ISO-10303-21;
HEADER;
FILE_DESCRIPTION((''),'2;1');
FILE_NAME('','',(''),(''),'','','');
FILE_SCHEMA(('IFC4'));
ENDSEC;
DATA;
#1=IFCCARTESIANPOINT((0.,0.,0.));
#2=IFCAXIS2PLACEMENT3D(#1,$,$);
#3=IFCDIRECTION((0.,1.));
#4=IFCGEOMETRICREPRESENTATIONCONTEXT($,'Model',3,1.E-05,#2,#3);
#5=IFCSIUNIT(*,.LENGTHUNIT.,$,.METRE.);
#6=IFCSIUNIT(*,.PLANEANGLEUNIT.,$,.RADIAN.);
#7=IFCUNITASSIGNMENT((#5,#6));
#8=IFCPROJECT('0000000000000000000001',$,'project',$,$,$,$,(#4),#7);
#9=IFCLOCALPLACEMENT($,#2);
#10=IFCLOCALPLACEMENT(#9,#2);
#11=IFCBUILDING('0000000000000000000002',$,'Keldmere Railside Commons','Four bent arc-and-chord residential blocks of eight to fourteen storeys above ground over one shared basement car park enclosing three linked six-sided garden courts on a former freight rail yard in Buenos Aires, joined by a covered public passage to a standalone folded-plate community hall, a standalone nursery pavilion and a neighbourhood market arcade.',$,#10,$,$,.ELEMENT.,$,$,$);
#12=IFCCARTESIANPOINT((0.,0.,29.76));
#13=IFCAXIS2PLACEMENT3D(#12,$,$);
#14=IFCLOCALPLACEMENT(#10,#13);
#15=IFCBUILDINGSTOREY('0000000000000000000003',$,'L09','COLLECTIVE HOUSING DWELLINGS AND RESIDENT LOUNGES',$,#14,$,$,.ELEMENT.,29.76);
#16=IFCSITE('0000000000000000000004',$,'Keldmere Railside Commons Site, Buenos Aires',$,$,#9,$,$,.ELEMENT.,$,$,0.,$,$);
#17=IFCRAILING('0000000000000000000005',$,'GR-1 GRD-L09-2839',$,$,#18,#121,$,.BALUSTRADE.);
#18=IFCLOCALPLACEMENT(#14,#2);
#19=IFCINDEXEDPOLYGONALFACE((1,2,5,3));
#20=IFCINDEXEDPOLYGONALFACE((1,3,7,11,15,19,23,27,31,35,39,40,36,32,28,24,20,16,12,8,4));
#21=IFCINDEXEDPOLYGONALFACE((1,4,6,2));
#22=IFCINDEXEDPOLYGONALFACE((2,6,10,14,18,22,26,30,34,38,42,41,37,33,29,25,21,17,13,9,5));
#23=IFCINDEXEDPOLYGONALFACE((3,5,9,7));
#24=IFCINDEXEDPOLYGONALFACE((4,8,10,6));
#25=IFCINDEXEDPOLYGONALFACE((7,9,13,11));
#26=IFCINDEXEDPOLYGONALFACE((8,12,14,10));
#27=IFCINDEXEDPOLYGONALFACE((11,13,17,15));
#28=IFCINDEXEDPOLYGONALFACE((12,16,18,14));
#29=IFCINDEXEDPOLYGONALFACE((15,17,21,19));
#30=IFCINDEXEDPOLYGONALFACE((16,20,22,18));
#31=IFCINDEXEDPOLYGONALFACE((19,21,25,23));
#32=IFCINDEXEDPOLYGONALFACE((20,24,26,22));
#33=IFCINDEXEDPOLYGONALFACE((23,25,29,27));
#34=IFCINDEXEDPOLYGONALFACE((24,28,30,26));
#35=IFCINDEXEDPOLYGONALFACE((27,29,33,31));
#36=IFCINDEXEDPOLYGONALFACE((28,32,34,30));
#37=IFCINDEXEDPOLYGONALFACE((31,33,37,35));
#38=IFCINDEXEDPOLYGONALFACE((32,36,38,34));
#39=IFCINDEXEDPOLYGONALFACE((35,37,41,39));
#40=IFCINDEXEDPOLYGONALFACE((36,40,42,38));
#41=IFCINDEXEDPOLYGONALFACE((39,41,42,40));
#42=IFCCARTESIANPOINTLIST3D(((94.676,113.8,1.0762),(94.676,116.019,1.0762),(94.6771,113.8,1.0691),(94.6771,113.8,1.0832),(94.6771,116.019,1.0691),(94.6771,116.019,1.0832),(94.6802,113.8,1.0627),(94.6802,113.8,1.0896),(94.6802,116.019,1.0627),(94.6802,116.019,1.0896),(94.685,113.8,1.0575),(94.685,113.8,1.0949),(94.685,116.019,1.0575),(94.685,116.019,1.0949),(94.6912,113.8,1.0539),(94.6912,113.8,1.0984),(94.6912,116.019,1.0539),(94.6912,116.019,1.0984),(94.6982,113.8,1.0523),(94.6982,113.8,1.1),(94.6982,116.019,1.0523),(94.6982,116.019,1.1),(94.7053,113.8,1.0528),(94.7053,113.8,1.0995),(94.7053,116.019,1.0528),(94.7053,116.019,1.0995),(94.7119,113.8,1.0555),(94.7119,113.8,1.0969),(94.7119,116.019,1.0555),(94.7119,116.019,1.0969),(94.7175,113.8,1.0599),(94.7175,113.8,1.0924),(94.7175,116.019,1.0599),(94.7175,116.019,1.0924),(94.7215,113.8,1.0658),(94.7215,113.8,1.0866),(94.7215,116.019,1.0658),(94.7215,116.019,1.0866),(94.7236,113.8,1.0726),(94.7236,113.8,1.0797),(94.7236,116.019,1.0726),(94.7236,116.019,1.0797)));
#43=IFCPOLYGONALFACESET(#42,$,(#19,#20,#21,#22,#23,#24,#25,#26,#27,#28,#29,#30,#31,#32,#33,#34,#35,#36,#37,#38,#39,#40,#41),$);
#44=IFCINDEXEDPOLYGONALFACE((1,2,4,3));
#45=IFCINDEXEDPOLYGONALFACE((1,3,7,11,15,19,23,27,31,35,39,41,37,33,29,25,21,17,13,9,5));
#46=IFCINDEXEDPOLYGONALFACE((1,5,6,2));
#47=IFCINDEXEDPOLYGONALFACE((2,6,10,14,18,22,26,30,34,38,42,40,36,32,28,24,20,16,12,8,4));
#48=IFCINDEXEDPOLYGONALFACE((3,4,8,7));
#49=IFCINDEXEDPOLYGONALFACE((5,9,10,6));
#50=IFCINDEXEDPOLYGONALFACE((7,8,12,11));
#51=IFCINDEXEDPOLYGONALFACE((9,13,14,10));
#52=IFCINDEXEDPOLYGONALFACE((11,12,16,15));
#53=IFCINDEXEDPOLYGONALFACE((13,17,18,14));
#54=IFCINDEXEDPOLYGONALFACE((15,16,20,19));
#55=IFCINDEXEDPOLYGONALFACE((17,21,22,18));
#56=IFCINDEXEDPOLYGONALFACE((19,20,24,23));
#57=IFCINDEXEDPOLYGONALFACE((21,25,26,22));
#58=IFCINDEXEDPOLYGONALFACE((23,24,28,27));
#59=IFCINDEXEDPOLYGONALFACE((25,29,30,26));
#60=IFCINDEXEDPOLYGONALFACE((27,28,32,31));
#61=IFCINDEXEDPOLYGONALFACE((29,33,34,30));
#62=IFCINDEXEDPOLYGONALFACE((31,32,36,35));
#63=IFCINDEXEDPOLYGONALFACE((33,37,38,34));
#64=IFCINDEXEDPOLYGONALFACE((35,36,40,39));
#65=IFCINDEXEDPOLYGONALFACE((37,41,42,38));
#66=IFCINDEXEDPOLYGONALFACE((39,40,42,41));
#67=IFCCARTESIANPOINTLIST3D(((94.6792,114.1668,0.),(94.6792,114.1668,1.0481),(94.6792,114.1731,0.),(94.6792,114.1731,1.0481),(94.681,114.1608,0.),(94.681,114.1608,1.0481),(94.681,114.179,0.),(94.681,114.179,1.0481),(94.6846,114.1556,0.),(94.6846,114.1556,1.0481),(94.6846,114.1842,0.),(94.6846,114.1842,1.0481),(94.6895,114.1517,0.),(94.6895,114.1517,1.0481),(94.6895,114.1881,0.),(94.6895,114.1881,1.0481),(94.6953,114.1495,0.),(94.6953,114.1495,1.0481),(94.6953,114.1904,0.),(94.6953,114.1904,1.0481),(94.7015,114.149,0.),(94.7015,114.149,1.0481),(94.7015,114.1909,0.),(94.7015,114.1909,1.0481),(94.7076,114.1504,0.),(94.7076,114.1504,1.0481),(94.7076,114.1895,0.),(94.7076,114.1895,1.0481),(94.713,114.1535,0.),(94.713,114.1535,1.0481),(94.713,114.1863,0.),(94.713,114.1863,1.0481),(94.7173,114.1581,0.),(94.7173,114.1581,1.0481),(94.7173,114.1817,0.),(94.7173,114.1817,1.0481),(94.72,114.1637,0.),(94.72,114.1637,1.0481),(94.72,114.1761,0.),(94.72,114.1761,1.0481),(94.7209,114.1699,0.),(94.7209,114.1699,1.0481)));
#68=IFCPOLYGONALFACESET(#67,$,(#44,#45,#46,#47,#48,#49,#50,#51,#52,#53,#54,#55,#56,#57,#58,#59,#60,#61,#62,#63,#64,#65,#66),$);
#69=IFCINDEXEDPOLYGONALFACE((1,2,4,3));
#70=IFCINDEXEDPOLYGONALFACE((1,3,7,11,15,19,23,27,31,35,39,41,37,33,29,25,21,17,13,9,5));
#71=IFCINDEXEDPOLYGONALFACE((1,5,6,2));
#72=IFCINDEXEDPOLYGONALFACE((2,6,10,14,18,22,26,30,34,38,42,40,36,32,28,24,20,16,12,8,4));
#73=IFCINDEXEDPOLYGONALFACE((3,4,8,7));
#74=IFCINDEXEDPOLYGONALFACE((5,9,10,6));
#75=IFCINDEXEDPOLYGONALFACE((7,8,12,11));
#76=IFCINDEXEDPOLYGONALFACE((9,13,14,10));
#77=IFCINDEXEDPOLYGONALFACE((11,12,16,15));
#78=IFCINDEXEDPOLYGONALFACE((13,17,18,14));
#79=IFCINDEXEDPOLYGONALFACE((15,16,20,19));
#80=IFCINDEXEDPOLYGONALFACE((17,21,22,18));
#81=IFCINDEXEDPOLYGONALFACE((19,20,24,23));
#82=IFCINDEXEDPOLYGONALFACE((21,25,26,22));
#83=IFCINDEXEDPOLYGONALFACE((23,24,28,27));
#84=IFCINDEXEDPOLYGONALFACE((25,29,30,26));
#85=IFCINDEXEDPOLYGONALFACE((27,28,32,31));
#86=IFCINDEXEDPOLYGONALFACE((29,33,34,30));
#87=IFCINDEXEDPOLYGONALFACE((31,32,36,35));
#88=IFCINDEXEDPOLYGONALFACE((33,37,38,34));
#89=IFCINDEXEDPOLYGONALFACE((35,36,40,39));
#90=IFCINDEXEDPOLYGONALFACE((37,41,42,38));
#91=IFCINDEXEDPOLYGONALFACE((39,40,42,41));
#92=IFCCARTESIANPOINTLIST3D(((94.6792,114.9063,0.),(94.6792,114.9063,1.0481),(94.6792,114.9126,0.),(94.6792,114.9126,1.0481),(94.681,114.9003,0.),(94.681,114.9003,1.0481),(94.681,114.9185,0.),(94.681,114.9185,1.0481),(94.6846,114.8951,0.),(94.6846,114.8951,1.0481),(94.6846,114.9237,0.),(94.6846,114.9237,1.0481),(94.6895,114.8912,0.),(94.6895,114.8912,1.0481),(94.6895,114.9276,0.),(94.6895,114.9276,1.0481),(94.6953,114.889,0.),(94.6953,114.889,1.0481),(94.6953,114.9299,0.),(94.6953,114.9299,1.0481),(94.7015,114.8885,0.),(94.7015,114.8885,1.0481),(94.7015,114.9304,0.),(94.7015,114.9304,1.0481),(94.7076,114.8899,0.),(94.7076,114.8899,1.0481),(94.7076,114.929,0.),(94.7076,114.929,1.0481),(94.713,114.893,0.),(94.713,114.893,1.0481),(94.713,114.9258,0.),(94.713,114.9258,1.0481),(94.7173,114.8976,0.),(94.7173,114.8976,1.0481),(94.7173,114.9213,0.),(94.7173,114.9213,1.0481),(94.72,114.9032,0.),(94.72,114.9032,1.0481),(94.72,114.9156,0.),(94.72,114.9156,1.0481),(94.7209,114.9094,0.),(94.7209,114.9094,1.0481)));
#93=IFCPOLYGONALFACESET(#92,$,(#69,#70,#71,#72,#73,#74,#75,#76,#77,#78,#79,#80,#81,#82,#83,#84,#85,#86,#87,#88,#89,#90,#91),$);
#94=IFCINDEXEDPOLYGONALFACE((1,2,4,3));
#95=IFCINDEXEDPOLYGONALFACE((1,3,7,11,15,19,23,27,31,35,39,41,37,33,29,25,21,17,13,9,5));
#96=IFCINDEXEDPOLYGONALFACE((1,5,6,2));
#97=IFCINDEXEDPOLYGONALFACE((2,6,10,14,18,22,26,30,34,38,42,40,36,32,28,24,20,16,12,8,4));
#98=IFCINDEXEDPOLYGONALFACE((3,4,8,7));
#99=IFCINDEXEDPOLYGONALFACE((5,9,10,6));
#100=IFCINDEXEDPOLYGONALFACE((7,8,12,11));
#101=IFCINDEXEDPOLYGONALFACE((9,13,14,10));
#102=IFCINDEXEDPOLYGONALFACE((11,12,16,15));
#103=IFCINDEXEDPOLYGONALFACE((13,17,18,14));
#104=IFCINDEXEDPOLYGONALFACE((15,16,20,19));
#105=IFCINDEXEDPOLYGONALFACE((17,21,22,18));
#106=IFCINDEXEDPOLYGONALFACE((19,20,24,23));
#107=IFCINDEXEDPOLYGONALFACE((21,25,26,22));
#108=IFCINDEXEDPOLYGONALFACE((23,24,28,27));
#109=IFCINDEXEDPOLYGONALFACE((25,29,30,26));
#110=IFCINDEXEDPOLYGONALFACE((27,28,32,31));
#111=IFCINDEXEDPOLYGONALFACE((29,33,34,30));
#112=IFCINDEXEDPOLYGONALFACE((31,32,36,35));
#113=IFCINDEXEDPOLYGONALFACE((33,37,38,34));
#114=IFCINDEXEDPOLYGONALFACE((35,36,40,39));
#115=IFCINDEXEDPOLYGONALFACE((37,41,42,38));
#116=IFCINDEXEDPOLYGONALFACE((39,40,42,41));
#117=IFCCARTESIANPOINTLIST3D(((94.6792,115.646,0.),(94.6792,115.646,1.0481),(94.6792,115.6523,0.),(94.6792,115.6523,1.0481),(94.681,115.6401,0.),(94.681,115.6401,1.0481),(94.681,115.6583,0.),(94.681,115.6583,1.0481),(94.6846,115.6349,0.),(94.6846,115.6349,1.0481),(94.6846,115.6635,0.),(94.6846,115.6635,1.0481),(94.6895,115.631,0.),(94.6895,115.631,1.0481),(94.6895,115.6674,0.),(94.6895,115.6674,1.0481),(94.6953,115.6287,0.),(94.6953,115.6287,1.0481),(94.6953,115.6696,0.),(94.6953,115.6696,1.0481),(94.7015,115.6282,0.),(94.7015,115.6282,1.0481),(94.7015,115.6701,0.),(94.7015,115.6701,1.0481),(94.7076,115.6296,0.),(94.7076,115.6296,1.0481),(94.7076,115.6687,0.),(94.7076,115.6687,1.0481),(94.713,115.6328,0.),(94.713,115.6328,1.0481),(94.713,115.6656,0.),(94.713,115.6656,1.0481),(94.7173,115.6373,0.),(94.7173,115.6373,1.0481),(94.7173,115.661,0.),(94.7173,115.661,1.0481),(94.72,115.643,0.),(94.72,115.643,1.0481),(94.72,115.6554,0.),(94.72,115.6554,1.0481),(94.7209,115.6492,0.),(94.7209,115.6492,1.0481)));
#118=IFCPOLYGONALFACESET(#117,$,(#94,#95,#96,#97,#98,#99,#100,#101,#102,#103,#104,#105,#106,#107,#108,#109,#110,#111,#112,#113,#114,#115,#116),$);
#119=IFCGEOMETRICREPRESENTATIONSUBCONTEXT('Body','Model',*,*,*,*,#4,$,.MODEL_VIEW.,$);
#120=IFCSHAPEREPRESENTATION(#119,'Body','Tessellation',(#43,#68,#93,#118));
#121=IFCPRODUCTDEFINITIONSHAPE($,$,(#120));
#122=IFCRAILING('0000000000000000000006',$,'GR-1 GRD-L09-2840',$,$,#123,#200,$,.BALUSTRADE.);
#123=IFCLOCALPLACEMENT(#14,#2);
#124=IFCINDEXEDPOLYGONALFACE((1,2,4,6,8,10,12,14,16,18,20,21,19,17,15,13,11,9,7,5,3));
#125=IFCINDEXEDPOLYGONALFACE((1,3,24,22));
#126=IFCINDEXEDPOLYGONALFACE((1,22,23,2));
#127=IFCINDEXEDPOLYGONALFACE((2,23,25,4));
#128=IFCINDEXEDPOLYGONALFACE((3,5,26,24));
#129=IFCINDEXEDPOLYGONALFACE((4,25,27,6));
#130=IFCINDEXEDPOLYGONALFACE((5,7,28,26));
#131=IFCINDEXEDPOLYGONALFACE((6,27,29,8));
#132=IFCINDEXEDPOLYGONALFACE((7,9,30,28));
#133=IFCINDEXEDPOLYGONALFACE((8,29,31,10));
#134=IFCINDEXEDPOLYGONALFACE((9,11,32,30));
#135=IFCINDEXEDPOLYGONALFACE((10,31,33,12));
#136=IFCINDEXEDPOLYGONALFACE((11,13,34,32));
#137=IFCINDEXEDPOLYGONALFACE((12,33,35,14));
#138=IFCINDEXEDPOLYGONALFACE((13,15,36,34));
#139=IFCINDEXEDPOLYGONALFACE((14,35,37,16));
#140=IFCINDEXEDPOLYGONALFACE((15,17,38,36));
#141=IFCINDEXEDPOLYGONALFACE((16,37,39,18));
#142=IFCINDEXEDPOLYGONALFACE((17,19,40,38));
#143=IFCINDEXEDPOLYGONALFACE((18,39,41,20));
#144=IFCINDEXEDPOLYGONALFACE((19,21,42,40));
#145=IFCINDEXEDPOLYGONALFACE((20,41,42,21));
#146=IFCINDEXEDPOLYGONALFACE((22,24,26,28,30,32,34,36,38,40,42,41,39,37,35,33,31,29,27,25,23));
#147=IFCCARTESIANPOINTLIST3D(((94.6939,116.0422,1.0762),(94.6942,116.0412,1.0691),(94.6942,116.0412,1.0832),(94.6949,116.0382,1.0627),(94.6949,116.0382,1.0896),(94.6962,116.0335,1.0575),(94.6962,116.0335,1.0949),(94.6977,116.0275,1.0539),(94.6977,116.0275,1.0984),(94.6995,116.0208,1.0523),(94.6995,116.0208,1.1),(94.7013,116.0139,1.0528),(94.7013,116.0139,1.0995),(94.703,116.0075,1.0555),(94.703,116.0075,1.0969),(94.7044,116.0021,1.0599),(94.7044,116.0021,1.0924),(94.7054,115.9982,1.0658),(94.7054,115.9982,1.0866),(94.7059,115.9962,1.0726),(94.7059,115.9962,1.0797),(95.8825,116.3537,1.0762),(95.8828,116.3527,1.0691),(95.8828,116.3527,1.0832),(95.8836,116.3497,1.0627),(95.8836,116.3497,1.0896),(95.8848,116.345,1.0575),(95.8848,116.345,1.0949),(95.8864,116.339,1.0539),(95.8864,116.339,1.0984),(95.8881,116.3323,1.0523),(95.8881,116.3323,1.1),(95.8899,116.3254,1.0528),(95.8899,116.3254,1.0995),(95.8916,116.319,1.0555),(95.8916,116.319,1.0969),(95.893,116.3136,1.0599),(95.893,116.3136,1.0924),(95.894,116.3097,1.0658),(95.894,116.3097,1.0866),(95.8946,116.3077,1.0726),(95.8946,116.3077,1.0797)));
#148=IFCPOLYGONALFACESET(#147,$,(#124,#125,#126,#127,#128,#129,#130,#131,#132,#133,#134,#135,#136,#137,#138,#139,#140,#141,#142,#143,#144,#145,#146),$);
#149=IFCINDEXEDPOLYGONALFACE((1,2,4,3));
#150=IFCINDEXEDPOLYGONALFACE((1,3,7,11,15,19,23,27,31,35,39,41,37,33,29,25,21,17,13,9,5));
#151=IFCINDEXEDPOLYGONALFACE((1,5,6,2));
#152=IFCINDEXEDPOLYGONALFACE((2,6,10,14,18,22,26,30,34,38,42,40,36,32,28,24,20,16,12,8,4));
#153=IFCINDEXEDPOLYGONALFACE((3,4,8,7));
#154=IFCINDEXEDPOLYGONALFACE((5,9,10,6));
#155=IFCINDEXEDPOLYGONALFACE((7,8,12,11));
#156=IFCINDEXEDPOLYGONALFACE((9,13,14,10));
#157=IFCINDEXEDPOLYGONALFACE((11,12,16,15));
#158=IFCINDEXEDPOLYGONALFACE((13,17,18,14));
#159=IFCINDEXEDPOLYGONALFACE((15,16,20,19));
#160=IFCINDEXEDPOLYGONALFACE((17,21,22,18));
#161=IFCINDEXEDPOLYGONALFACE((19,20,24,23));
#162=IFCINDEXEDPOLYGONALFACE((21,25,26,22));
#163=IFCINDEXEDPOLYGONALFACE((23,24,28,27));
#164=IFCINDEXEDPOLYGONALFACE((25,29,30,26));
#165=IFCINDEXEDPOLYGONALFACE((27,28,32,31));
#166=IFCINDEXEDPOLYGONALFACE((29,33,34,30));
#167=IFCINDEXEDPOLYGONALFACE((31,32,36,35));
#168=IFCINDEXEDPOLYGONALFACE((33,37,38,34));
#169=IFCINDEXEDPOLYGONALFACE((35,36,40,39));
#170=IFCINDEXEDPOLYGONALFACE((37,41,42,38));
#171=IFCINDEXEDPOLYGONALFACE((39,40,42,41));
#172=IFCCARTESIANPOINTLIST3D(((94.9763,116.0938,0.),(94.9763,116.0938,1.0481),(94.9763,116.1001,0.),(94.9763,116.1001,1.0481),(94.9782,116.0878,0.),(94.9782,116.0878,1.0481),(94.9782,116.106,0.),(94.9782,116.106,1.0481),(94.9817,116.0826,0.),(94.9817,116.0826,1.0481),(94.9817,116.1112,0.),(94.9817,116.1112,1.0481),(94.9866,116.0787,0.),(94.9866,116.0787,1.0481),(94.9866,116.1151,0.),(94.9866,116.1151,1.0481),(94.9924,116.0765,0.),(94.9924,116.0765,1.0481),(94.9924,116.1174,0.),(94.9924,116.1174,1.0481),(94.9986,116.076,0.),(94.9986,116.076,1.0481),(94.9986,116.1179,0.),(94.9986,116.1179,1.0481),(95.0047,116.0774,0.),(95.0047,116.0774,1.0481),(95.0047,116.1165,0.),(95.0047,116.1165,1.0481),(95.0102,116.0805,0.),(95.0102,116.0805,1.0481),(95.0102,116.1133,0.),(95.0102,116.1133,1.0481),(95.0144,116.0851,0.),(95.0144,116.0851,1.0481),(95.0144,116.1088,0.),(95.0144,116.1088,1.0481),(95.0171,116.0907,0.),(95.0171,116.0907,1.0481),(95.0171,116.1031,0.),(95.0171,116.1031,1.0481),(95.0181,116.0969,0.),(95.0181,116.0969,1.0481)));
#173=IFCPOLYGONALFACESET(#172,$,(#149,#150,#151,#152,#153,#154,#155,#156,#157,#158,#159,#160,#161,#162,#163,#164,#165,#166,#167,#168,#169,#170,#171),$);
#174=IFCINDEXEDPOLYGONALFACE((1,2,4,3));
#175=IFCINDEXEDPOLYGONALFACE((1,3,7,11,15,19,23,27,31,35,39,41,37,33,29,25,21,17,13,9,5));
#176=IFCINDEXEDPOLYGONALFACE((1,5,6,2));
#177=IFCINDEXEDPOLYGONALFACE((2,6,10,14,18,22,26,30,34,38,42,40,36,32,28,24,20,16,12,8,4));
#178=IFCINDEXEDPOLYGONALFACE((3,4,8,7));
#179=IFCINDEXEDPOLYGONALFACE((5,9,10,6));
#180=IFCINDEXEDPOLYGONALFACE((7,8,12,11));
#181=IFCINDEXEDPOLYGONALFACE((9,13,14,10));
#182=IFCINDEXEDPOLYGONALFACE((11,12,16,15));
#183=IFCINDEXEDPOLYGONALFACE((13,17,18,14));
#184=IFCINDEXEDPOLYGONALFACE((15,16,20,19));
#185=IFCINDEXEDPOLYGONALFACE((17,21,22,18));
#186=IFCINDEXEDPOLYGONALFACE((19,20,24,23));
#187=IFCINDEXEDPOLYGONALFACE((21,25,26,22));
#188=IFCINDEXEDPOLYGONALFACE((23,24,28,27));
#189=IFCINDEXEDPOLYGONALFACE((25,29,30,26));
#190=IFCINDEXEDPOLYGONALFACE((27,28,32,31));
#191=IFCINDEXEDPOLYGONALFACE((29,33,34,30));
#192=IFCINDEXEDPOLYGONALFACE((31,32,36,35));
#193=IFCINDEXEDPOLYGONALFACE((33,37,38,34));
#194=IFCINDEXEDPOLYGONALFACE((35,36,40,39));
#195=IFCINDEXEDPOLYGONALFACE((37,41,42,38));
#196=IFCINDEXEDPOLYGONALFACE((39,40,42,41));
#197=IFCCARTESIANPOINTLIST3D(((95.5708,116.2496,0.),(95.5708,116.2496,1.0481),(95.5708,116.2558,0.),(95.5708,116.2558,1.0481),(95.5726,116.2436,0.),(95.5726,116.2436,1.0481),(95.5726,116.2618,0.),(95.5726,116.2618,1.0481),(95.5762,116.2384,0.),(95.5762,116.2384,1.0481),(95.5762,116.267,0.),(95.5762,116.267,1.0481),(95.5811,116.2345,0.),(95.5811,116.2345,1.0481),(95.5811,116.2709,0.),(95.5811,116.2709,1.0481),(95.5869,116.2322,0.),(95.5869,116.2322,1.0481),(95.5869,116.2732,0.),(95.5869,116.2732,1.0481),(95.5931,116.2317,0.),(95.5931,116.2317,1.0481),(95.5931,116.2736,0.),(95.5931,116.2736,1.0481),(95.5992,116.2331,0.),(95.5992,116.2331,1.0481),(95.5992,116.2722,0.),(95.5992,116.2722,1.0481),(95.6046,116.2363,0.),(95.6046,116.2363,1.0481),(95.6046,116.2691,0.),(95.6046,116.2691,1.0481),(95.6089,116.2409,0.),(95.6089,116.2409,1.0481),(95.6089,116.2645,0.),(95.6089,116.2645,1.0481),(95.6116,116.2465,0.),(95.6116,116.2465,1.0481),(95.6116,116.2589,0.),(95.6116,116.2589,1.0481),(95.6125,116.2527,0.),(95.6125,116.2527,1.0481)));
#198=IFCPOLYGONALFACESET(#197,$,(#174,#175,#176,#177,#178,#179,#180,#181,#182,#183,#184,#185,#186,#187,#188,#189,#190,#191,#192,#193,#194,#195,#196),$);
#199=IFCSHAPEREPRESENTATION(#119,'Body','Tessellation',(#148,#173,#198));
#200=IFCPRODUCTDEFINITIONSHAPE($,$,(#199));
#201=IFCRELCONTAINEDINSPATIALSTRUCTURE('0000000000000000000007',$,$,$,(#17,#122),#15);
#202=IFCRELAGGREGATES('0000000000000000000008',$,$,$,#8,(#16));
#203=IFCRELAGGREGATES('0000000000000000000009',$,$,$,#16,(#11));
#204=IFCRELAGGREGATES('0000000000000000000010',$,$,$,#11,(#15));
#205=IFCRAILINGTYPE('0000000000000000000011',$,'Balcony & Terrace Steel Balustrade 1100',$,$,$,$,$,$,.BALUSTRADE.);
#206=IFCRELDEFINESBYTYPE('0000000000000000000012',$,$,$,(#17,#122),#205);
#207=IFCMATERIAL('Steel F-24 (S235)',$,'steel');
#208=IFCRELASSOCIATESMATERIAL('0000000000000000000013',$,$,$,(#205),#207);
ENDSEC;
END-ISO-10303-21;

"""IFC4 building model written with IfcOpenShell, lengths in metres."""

from ifc_helpers import new_model, si_unit, direction, frame, origin, origin_2d, place, context, subcontext, project, spatial, circle, extrude, material, type_object, element, save


model = new_model("IFC4")

# Units and contexts
model_context = context("Model", 3, precision=1e-05, world=origin(), true_north=direction((0.0, 1.0)))
body_context = subcontext(model_context, "Body", "Model", "MODEL_VIEW")
ifc_project = project(units=[si_unit("LENGTHUNIT", "METRE"), si_unit("PLANEANGLEUNIT", "RADIAN")], contexts=[model_context])

# Site, building, storey
site_placement = place(None, origin())
site = spatial("IfcSite", under=ifc_project, at=site_placement, Name="Keldmere Railside Commons Site, Buenos Aires", CompositionType="ELEMENT", RefElevation=0.0)
building_placement = place(site_placement, origin())
building = spatial("IfcBuilding", under=site, at=building_placement, Name="Keldmere Railside Commons", Description="Four bent arc-and-chord residential blocks of eight to fourteen storeys above ground over one shared basement car park enclosing three linked six-sided garden courts on a former freight rail yard in Buenos Aires, joined by a covered public passage to a standalone folded-plate community hall, a standalone nursery pavilion and a neighbourhood market arcade.", CompositionType="ELEMENT")
storey_placement = place(building_placement, frame((0.0, 0.0, 29.76)))
storey = spatial("IfcBuildingStorey", under=building, at=storey_placement, Name="L09", Description="COLLECTIVE HOUSING DWELLINGS AND RESIDENT LOUNGES", CompositionType="ELEMENT", Elevation=29.76)

# Railings
ifc_material_1 = material(Name="Steel F-24 (S235)", Category="steel")
railing_type = type_object("IfcRailingType", Name="Balcony & Terrace Steel Balustrade 1100", PredefinedType="BALUSTRADE", material=ifc_material_1)
railing_1_placement = place(storey_placement, frame((94.7, 113.8, 0.0)))
element("IfcRailing", 1, at=railing_1_placement, inside=storey, type_object=railing_type, Name="GR-1 GRD-L09-2839", PredefinedType="BALUSTRADE", context=body_context, shape_type="SweptSolid", body=[
    extrude(circle(Radius=0.0239, at=origin_2d()), frame((0.0, 0.0, 1.0762), z_axis=(0.0, 1.0, 0.0), x_axis=(-1.0, 0.0, 0.0)), (0.0, 0.0, 1.0), 2.219),
    extrude(circle(Radius=0.021, at=origin_2d()), frame((0.0, 0.3699, 0.0)), (0.0, 0.0, 1.0), 1.0481),
    extrude(circle(Radius=0.021, at=origin_2d()), frame((0.0, 1.1094, 0.0)), (0.0, 0.0, 1.0), 1.0481),
    extrude(circle(Radius=0.021, at=origin_2d()), frame((0.0, 1.8491, 0.0)), (0.0, 0.0, 1.0), 1.0481),
])
railing_2_placement = place(storey_placement, frame((94.7, 116.019, 0.0)))
element("IfcRailing", 2, at=railing_2_placement, inside=storey, type_object=railing_type, Name="GR-1 GRD-L09-2840", PredefinedType="BALUSTRADE", context=body_context, shape_type="SweptSolid", body=[
    extrude(circle(Radius=0.0239, at=origin_2d()), frame((0.0, 0.0, 1.0762), z_axis=(0.967334, 0.253505, 0.0), x_axis=(-0.253505, 0.967334, 0.0)), (0.0, 0.0, 1.0), 1.2288),
    extrude(circle(Radius=0.021, at=origin_2d()), frame((0.2971, 0.0779, 0.0)), (0.0, 0.0, 1.0), 1.0481),
    extrude(circle(Radius=0.021, at=origin_2d()), frame((0.8916, 0.2336, 0.0)), (0.0, 0.0, 1.0), 1.0481),
])

save(model, "model.ifc")
